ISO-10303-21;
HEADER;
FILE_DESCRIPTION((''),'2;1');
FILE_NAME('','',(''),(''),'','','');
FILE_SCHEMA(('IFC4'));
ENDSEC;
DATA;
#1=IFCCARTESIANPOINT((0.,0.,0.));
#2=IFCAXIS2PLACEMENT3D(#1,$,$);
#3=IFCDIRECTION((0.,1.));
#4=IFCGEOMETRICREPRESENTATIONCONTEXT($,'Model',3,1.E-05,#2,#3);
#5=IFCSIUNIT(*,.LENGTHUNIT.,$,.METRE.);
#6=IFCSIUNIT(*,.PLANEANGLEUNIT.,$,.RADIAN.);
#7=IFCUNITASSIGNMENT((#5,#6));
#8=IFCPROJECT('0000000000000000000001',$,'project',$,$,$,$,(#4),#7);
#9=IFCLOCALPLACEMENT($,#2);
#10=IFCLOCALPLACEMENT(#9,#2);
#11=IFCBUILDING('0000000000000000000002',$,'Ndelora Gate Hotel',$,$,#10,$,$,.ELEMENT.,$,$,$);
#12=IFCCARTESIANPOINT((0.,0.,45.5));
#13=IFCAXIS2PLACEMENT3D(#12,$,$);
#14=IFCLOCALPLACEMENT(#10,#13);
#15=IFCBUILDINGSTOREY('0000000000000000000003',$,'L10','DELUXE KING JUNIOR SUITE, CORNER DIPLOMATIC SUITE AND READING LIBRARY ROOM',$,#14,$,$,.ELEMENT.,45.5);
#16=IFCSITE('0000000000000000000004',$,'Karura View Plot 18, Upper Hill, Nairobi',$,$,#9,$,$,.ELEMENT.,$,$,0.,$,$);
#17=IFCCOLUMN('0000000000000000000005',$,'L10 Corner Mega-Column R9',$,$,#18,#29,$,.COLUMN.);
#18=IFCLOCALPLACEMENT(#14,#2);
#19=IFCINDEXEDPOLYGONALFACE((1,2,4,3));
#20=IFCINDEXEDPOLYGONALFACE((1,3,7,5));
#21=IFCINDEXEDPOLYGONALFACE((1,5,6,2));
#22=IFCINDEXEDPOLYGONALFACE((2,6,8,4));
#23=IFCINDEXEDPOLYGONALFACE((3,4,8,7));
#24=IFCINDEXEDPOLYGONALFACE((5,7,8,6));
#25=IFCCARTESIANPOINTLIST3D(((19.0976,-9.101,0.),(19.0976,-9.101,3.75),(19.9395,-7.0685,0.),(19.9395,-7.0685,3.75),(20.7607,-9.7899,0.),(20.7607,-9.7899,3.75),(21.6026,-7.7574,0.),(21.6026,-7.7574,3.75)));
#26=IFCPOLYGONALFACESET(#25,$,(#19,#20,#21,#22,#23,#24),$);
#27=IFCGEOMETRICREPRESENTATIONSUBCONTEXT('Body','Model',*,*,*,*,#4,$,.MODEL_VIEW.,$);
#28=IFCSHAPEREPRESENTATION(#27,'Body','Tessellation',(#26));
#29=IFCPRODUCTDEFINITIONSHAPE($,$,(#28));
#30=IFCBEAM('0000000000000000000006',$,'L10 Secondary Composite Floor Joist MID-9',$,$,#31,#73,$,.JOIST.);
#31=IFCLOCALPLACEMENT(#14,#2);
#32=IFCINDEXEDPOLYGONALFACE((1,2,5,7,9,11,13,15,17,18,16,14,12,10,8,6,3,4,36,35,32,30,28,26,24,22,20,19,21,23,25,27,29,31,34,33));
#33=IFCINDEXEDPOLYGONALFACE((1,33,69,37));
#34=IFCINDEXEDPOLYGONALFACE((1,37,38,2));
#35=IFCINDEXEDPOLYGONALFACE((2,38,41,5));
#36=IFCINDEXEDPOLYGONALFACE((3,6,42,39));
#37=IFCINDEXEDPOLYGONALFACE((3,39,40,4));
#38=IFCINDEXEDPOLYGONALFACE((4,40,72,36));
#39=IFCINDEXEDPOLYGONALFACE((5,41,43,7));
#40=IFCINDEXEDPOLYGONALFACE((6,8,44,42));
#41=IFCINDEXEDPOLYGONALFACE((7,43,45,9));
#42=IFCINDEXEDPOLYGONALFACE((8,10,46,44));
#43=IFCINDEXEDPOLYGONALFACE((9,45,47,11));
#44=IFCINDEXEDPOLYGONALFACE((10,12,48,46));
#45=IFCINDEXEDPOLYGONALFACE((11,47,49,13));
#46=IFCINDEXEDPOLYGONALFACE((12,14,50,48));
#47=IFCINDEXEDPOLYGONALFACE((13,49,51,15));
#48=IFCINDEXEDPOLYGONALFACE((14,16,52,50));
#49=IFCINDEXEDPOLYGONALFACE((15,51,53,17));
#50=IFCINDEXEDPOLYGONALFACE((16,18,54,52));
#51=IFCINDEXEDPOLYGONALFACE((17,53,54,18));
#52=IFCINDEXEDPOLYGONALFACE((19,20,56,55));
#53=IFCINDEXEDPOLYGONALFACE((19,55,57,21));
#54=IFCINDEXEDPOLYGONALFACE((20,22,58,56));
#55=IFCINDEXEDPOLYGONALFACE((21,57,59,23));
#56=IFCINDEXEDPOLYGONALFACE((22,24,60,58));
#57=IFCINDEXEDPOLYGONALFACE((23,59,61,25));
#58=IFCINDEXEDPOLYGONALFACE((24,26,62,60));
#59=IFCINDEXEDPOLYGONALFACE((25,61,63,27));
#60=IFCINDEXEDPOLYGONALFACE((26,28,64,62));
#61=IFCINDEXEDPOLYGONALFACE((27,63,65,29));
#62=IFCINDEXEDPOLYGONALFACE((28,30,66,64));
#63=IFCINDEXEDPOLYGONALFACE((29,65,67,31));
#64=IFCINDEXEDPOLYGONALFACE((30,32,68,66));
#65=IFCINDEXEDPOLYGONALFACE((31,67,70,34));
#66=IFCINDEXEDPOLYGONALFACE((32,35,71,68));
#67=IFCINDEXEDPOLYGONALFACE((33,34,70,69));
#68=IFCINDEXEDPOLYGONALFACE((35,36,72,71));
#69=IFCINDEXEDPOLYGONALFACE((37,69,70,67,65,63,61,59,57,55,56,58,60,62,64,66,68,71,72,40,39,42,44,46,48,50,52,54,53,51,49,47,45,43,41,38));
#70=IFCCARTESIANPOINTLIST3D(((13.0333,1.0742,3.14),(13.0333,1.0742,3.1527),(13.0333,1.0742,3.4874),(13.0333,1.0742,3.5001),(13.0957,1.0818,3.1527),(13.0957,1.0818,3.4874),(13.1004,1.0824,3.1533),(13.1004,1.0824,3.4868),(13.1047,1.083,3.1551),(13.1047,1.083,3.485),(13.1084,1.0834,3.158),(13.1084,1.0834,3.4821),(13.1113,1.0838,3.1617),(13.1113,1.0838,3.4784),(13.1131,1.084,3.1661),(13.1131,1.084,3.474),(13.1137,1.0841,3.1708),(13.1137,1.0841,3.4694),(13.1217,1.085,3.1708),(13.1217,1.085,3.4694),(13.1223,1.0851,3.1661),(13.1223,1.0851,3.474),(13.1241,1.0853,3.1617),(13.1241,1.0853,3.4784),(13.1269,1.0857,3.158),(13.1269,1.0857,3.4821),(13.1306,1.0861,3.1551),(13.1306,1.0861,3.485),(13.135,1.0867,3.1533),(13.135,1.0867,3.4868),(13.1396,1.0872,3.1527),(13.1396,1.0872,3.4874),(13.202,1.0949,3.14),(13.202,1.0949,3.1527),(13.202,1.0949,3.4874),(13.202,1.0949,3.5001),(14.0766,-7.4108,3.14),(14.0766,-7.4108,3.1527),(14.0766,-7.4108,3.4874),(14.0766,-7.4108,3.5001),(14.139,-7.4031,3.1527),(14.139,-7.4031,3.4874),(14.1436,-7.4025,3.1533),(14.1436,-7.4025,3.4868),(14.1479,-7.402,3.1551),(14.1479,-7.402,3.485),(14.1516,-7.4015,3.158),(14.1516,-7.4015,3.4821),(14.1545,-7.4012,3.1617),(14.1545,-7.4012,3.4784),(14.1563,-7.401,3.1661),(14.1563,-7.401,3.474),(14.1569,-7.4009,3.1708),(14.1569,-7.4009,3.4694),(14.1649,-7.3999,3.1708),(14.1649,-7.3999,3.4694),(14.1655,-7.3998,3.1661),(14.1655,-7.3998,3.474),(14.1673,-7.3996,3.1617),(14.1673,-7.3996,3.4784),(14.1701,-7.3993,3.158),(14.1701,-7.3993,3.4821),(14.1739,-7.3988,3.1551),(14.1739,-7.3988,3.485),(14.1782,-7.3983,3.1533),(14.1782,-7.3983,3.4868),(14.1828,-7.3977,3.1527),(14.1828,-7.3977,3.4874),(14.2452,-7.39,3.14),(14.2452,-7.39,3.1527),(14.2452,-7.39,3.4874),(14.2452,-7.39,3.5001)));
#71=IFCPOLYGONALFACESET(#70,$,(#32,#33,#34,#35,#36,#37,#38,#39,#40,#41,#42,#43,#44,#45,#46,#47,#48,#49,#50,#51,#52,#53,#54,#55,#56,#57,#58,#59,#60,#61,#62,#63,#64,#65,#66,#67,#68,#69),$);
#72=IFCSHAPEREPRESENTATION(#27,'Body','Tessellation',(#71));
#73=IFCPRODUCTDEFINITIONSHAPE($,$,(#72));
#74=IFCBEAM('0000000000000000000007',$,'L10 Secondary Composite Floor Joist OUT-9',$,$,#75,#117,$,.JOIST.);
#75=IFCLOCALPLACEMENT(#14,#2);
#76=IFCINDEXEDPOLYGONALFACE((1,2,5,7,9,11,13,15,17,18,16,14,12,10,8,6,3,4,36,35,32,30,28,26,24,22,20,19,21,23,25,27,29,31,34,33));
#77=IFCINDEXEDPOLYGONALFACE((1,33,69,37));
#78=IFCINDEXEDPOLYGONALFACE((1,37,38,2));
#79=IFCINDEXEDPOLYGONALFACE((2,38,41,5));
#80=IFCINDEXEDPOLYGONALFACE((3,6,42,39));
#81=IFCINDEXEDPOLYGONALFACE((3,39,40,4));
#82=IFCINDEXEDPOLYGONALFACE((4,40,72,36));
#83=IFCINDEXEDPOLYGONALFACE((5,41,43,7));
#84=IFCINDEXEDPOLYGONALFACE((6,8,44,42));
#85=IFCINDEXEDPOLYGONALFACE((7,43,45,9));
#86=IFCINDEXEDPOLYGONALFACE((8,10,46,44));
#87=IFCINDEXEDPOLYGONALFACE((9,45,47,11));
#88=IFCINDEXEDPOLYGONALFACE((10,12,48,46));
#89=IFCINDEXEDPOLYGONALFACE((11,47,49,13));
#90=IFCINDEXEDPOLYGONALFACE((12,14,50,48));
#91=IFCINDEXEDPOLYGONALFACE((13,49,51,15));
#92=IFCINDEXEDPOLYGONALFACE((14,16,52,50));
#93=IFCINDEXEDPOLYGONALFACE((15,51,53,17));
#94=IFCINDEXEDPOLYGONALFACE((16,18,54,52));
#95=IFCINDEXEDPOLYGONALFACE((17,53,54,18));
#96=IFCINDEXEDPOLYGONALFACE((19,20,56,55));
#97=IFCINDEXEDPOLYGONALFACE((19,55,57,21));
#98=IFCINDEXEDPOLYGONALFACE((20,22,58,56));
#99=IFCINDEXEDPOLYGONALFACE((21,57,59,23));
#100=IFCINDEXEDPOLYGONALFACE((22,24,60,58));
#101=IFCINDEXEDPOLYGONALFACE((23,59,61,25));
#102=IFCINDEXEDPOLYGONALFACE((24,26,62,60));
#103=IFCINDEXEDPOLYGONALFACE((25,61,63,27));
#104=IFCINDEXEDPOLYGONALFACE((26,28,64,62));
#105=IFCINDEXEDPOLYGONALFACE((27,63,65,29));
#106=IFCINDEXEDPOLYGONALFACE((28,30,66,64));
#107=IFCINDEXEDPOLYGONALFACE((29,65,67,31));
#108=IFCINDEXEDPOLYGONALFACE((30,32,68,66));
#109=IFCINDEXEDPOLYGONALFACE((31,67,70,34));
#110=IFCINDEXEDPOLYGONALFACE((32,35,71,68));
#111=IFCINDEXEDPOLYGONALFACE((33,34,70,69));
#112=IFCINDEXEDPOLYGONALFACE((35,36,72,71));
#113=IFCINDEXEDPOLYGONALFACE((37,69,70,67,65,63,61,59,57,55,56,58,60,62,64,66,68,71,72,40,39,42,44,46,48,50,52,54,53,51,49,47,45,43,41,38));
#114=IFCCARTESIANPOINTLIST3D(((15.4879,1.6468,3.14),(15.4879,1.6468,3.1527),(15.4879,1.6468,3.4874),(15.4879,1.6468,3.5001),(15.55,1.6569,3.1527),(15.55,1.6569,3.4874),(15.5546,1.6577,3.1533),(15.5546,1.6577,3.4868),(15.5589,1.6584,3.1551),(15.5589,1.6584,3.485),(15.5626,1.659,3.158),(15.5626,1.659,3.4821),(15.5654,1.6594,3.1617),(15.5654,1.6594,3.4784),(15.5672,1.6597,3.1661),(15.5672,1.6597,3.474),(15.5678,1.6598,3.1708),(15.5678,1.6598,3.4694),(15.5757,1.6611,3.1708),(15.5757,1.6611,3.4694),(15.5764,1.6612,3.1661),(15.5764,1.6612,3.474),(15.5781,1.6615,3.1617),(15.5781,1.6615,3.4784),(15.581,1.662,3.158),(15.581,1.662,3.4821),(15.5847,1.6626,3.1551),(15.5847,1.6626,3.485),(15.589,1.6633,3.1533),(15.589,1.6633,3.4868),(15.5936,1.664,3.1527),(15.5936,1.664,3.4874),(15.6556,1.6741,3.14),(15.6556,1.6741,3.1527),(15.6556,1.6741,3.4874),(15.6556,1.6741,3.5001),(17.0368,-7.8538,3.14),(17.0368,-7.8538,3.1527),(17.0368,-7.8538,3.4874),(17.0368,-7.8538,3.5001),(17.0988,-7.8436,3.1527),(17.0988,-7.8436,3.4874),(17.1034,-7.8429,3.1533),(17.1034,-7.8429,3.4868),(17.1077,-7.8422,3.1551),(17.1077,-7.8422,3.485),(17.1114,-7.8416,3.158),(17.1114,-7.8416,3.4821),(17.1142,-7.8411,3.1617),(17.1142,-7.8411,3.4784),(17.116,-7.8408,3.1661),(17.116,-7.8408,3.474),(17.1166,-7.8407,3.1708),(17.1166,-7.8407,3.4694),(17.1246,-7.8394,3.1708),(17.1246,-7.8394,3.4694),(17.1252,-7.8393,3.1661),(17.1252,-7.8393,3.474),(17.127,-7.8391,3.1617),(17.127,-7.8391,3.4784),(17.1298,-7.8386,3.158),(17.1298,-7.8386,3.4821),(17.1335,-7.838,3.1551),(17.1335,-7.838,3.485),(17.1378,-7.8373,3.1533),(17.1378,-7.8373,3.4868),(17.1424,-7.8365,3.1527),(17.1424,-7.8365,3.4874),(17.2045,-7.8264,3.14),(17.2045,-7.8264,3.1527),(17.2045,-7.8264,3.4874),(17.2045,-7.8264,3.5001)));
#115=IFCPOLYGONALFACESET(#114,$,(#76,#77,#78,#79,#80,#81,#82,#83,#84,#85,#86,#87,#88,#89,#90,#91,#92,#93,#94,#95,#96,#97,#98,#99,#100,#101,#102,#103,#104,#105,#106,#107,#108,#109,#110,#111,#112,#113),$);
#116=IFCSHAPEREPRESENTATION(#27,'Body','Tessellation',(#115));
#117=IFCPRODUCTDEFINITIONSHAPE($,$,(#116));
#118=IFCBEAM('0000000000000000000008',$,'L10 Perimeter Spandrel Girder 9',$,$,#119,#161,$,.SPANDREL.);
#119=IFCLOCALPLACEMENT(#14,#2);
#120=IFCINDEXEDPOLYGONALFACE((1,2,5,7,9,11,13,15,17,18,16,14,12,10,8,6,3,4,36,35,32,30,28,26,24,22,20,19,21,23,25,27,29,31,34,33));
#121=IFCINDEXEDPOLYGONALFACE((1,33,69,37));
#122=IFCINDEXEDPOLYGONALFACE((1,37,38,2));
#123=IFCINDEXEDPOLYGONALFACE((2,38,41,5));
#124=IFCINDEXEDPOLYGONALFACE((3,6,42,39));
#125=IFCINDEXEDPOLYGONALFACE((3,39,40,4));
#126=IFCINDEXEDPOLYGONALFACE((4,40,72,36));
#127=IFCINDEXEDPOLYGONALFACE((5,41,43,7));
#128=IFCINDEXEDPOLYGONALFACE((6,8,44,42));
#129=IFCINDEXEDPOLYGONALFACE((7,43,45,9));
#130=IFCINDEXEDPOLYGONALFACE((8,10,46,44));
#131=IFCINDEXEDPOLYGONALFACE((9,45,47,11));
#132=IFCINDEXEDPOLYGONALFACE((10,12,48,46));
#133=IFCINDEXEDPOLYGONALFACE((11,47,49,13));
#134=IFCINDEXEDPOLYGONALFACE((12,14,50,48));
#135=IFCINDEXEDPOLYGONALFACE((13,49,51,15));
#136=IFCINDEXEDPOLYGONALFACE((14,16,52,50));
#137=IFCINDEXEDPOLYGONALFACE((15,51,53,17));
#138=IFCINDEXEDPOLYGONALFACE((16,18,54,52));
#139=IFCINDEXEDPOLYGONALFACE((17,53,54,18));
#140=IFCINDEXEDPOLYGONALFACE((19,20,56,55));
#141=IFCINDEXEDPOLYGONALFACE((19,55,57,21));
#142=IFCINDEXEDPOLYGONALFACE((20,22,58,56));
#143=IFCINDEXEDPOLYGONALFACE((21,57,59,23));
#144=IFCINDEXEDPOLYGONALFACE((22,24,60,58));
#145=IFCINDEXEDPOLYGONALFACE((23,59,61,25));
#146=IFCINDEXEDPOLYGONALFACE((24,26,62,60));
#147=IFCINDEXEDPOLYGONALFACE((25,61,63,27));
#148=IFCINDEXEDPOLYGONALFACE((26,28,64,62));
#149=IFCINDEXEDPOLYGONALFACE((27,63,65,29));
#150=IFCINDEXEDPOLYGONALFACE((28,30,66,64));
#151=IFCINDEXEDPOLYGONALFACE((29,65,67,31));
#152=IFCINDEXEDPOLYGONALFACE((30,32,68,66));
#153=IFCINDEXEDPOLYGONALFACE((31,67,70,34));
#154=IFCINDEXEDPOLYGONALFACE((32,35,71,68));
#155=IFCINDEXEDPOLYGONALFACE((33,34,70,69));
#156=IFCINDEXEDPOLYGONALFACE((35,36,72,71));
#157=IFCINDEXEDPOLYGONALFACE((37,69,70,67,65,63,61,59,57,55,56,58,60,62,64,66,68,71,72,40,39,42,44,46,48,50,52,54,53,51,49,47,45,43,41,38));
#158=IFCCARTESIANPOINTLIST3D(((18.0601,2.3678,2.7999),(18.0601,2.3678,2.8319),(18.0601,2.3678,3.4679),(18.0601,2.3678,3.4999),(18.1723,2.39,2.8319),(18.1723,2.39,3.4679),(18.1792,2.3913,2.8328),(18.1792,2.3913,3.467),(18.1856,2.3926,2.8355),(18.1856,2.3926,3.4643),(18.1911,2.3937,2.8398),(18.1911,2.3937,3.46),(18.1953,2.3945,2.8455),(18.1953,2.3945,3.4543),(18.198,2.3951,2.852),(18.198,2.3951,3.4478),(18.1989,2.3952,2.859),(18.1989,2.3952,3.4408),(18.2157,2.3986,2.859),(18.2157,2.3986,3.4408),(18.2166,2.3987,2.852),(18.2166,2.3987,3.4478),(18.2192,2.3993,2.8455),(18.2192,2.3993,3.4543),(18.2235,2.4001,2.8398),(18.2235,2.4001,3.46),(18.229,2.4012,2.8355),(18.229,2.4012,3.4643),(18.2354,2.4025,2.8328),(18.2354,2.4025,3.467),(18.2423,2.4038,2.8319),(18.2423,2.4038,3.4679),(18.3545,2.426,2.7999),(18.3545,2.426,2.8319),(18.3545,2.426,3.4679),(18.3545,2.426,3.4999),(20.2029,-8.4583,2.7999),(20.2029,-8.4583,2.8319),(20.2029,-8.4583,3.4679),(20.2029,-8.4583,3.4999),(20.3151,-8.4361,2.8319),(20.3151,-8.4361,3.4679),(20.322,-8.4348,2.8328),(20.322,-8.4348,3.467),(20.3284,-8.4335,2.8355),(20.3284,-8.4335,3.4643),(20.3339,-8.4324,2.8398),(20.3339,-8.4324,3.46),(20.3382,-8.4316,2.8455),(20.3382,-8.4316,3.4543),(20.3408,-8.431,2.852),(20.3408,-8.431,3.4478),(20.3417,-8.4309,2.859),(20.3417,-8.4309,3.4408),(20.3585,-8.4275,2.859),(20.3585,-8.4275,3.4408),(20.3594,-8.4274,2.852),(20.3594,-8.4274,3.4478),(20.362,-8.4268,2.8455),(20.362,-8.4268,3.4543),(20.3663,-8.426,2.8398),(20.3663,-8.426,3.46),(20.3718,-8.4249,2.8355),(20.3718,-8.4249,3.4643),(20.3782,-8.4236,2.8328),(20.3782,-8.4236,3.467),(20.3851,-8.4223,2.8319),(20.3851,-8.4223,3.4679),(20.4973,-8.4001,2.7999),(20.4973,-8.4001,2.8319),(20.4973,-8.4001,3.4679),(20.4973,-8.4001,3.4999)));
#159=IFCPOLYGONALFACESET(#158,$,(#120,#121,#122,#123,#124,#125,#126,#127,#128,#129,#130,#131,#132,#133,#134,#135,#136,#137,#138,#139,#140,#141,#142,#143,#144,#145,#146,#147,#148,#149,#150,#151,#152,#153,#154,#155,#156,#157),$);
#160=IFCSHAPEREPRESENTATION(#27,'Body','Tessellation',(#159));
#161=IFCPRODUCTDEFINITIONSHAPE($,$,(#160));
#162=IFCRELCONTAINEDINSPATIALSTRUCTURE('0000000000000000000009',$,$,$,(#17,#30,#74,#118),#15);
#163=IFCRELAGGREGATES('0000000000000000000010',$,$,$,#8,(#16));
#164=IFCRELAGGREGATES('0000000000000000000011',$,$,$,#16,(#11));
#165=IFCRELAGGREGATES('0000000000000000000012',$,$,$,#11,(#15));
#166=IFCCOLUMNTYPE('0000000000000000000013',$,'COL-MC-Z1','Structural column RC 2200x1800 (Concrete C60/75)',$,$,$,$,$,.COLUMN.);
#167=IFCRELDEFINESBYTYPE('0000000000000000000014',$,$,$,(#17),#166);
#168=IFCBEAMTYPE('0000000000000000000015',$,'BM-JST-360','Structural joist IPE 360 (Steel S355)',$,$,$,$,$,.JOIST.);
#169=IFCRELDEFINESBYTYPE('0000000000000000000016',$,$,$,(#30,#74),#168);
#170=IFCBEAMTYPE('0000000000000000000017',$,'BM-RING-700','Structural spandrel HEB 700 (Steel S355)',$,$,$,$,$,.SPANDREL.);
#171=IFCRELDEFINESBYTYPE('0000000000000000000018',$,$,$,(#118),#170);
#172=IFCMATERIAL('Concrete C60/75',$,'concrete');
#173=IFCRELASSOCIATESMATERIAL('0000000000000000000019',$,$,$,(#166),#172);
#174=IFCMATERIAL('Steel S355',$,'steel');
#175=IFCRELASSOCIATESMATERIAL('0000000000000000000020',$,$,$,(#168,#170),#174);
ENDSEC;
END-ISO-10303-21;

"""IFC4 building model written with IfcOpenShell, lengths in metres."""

from ifc_helpers import new_model, si_unit, direction, frame, origin, origin_2d, place, context, subcontext, project, spatial, rectangle, i_section, extrude, material, material_profile, profile_set, type_object, element, save


model = new_model("IFC4")

# Units and contexts
model_context = context("Model", 3, precision=1e-05, world=origin(), true_north=direction((0.0, 1.0)))
body_context = subcontext(model_context, "Body", "Model", "MODEL_VIEW")
ifc_project = project(units=[si_unit("LENGTHUNIT", "METRE"), si_unit("PLANEANGLEUNIT", "RADIAN")], contexts=[model_context])

# Site, building, storey
site_placement = place(None, origin())
site = spatial("IfcSite", under=ifc_project, at=site_placement, Name="Karura View Plot 18, Upper Hill, Nairobi", CompositionType="ELEMENT", RefElevation=0.0)
building_placement = place(site_placement, origin())
building = spatial("IfcBuilding", under=site, at=building_placement, Name="Ndelora Gate Hotel", CompositionType="ELEMENT")
storey_placement = place(building_placement, frame((0.0, 0.0, 45.5)))
storey = spatial("IfcBuildingStorey", under=building, at=storey_placement, Name="L10", Description="DELUXE KING JUNIOR SUITE, CORNER DIPLOMATIC SUITE AND READING LIBRARY ROOM", CompositionType="ELEMENT", Elevation=45.5)

# Column
ifc_material_1 = material(Name="Concrete C60/75", Category="concrete")
ifc_material_profile_1 = material_profile(ifc_material_1, rectangle(XDim=1.8, YDim=2.2, at=origin_2d()), Name="RC 2200x1800")
ifc_profile_set_1 = profile_set([ifc_material_profile_1], Name="Concrete C60/75")
column_type = type_object("IfcColumnType", Name="COL-MC-Z1", Description="Structural column RC 2200x1800 (Concrete C60/75)", PredefinedType="COLUMN", material=ifc_profile_set_1)
column_placement = place(storey_placement, frame((20.3501, -8.4292, 0.0), z_axis=(0.0, 0.0, 1.0), x_axis=(-0.92388, 0.382683, 0.0)))
element("IfcColumn", 1, at=column_placement, inside=storey, type_object=column_type, Name="L10 Corner Mega-Column R9", PredefinedType="COLUMN", context=body_context, shape_type="SweptSolid", body=[
    extrude(rectangle(XDim=1.8, YDim=2.2, at=origin_2d()), origin(), (0.0, 0.0, 1.0), 3.75),
])

# Beams
ifc_material_2 = material(Name="Steel S355", Category="steel")
ifc_material_profile_2 = material_profile(ifc_material_2, i_section(OverallWidth=0.1699, OverallDepth=0.3601, WebThickness=0.0081, FlangeThickness=0.0127, FilletRadius=0.0181, at=origin_2d()), Name="IPE 360")
ifc_profile_set_2 = profile_set([ifc_material_profile_2], Name="Steel S355")
beam_type_1 = type_object("IfcBeamType", Name="BM-JST-360", Description="Structural joist IPE 360 (Steel S355)", PredefinedType="JOIST", material=ifc_profile_set_2)
beam_1_placement = place(storey_placement, frame((14.1609, -7.4004, 3.3201), z_axis=(-0.122031, 0.992526, 0.0), x_axis=(-0.992526, -0.122031, 0.0)))
element("IfcBeam", 2, at=beam_1_placement, inside=storey, type_object=beam_type_1, Name="L10 Secondary Composite Floor Joist MID-9", PredefinedType="JOIST", context=body_context, shape_type="SweptSolid", body=[
    extrude(i_section(OverallWidth=0.1699, OverallDepth=0.3601, WebThickness=0.0081, FlangeThickness=0.0127, FilletRadius=0.0181, at=origin_2d()), origin(), (0.0, 0.0, 1.0), 8.5488),
])
beam_2_placement = place(storey_placement, frame((17.1206, -7.8401, 3.3201), z_axis=(-0.160902, 0.98697, 0.0), x_axis=(-0.98697, -0.160902, 0.0)))
element("IfcBeam", 3, at=beam_2_placement, inside=storey, type_object=beam_type_1, Name="L10 Secondary Composite Floor Joist OUT-9", PredefinedType="JOIST", context=body_context, shape_type="SweptSolid", body=[
    extrude(i_section(OverallWidth=0.1699, OverallDepth=0.3601, WebThickness=0.0081, FlangeThickness=0.0127, FilletRadius=0.0181, at=origin_2d()), origin(), (0.0, 0.0, 1.0), 9.626),
])
ifc_material_profile_3 = material_profile(ifc_material_2, i_section(OverallWidth=0.3, OverallDepth=0.7, WebThickness=0.0171, FlangeThickness=0.032, FilletRadius=0.0271, at=origin_2d()), Name="HEB 700")
ifc_profile_set_3 = profile_set([ifc_material_profile_3], Name="Steel S355")
beam_type_2 = type_object("IfcBeamType", Name="BM-RING-700", Description="Structural spandrel HEB 700 (Steel S355)", PredefinedType="SPANDREL", material=ifc_profile_set_3)
beam_3_placement = place(storey_placement, frame((20.3501, -8.4292, 3.1499), z_axis=(-0.194163, 0.980969, 0.0), x_axis=(-0.980969, -0.194163, 0.0)))
element("IfcBeam", 4, at=beam_3_placement, inside=storey, type_object=beam_type_2, Name="L10 Perimeter Spandrel Girder 9", PredefinedType="SPANDREL", context=body_context, shape_type="SweptSolid", body=[
    extrude(i_section(OverallWidth=0.3, OverallDepth=0.7, WebThickness=0.0171, FlangeThickness=0.032, FilletRadius=0.0271, at=origin_2d()), origin(), (0.0, 0.0, 1.0), 11.0361),
])

save(model, "model.ifc")
